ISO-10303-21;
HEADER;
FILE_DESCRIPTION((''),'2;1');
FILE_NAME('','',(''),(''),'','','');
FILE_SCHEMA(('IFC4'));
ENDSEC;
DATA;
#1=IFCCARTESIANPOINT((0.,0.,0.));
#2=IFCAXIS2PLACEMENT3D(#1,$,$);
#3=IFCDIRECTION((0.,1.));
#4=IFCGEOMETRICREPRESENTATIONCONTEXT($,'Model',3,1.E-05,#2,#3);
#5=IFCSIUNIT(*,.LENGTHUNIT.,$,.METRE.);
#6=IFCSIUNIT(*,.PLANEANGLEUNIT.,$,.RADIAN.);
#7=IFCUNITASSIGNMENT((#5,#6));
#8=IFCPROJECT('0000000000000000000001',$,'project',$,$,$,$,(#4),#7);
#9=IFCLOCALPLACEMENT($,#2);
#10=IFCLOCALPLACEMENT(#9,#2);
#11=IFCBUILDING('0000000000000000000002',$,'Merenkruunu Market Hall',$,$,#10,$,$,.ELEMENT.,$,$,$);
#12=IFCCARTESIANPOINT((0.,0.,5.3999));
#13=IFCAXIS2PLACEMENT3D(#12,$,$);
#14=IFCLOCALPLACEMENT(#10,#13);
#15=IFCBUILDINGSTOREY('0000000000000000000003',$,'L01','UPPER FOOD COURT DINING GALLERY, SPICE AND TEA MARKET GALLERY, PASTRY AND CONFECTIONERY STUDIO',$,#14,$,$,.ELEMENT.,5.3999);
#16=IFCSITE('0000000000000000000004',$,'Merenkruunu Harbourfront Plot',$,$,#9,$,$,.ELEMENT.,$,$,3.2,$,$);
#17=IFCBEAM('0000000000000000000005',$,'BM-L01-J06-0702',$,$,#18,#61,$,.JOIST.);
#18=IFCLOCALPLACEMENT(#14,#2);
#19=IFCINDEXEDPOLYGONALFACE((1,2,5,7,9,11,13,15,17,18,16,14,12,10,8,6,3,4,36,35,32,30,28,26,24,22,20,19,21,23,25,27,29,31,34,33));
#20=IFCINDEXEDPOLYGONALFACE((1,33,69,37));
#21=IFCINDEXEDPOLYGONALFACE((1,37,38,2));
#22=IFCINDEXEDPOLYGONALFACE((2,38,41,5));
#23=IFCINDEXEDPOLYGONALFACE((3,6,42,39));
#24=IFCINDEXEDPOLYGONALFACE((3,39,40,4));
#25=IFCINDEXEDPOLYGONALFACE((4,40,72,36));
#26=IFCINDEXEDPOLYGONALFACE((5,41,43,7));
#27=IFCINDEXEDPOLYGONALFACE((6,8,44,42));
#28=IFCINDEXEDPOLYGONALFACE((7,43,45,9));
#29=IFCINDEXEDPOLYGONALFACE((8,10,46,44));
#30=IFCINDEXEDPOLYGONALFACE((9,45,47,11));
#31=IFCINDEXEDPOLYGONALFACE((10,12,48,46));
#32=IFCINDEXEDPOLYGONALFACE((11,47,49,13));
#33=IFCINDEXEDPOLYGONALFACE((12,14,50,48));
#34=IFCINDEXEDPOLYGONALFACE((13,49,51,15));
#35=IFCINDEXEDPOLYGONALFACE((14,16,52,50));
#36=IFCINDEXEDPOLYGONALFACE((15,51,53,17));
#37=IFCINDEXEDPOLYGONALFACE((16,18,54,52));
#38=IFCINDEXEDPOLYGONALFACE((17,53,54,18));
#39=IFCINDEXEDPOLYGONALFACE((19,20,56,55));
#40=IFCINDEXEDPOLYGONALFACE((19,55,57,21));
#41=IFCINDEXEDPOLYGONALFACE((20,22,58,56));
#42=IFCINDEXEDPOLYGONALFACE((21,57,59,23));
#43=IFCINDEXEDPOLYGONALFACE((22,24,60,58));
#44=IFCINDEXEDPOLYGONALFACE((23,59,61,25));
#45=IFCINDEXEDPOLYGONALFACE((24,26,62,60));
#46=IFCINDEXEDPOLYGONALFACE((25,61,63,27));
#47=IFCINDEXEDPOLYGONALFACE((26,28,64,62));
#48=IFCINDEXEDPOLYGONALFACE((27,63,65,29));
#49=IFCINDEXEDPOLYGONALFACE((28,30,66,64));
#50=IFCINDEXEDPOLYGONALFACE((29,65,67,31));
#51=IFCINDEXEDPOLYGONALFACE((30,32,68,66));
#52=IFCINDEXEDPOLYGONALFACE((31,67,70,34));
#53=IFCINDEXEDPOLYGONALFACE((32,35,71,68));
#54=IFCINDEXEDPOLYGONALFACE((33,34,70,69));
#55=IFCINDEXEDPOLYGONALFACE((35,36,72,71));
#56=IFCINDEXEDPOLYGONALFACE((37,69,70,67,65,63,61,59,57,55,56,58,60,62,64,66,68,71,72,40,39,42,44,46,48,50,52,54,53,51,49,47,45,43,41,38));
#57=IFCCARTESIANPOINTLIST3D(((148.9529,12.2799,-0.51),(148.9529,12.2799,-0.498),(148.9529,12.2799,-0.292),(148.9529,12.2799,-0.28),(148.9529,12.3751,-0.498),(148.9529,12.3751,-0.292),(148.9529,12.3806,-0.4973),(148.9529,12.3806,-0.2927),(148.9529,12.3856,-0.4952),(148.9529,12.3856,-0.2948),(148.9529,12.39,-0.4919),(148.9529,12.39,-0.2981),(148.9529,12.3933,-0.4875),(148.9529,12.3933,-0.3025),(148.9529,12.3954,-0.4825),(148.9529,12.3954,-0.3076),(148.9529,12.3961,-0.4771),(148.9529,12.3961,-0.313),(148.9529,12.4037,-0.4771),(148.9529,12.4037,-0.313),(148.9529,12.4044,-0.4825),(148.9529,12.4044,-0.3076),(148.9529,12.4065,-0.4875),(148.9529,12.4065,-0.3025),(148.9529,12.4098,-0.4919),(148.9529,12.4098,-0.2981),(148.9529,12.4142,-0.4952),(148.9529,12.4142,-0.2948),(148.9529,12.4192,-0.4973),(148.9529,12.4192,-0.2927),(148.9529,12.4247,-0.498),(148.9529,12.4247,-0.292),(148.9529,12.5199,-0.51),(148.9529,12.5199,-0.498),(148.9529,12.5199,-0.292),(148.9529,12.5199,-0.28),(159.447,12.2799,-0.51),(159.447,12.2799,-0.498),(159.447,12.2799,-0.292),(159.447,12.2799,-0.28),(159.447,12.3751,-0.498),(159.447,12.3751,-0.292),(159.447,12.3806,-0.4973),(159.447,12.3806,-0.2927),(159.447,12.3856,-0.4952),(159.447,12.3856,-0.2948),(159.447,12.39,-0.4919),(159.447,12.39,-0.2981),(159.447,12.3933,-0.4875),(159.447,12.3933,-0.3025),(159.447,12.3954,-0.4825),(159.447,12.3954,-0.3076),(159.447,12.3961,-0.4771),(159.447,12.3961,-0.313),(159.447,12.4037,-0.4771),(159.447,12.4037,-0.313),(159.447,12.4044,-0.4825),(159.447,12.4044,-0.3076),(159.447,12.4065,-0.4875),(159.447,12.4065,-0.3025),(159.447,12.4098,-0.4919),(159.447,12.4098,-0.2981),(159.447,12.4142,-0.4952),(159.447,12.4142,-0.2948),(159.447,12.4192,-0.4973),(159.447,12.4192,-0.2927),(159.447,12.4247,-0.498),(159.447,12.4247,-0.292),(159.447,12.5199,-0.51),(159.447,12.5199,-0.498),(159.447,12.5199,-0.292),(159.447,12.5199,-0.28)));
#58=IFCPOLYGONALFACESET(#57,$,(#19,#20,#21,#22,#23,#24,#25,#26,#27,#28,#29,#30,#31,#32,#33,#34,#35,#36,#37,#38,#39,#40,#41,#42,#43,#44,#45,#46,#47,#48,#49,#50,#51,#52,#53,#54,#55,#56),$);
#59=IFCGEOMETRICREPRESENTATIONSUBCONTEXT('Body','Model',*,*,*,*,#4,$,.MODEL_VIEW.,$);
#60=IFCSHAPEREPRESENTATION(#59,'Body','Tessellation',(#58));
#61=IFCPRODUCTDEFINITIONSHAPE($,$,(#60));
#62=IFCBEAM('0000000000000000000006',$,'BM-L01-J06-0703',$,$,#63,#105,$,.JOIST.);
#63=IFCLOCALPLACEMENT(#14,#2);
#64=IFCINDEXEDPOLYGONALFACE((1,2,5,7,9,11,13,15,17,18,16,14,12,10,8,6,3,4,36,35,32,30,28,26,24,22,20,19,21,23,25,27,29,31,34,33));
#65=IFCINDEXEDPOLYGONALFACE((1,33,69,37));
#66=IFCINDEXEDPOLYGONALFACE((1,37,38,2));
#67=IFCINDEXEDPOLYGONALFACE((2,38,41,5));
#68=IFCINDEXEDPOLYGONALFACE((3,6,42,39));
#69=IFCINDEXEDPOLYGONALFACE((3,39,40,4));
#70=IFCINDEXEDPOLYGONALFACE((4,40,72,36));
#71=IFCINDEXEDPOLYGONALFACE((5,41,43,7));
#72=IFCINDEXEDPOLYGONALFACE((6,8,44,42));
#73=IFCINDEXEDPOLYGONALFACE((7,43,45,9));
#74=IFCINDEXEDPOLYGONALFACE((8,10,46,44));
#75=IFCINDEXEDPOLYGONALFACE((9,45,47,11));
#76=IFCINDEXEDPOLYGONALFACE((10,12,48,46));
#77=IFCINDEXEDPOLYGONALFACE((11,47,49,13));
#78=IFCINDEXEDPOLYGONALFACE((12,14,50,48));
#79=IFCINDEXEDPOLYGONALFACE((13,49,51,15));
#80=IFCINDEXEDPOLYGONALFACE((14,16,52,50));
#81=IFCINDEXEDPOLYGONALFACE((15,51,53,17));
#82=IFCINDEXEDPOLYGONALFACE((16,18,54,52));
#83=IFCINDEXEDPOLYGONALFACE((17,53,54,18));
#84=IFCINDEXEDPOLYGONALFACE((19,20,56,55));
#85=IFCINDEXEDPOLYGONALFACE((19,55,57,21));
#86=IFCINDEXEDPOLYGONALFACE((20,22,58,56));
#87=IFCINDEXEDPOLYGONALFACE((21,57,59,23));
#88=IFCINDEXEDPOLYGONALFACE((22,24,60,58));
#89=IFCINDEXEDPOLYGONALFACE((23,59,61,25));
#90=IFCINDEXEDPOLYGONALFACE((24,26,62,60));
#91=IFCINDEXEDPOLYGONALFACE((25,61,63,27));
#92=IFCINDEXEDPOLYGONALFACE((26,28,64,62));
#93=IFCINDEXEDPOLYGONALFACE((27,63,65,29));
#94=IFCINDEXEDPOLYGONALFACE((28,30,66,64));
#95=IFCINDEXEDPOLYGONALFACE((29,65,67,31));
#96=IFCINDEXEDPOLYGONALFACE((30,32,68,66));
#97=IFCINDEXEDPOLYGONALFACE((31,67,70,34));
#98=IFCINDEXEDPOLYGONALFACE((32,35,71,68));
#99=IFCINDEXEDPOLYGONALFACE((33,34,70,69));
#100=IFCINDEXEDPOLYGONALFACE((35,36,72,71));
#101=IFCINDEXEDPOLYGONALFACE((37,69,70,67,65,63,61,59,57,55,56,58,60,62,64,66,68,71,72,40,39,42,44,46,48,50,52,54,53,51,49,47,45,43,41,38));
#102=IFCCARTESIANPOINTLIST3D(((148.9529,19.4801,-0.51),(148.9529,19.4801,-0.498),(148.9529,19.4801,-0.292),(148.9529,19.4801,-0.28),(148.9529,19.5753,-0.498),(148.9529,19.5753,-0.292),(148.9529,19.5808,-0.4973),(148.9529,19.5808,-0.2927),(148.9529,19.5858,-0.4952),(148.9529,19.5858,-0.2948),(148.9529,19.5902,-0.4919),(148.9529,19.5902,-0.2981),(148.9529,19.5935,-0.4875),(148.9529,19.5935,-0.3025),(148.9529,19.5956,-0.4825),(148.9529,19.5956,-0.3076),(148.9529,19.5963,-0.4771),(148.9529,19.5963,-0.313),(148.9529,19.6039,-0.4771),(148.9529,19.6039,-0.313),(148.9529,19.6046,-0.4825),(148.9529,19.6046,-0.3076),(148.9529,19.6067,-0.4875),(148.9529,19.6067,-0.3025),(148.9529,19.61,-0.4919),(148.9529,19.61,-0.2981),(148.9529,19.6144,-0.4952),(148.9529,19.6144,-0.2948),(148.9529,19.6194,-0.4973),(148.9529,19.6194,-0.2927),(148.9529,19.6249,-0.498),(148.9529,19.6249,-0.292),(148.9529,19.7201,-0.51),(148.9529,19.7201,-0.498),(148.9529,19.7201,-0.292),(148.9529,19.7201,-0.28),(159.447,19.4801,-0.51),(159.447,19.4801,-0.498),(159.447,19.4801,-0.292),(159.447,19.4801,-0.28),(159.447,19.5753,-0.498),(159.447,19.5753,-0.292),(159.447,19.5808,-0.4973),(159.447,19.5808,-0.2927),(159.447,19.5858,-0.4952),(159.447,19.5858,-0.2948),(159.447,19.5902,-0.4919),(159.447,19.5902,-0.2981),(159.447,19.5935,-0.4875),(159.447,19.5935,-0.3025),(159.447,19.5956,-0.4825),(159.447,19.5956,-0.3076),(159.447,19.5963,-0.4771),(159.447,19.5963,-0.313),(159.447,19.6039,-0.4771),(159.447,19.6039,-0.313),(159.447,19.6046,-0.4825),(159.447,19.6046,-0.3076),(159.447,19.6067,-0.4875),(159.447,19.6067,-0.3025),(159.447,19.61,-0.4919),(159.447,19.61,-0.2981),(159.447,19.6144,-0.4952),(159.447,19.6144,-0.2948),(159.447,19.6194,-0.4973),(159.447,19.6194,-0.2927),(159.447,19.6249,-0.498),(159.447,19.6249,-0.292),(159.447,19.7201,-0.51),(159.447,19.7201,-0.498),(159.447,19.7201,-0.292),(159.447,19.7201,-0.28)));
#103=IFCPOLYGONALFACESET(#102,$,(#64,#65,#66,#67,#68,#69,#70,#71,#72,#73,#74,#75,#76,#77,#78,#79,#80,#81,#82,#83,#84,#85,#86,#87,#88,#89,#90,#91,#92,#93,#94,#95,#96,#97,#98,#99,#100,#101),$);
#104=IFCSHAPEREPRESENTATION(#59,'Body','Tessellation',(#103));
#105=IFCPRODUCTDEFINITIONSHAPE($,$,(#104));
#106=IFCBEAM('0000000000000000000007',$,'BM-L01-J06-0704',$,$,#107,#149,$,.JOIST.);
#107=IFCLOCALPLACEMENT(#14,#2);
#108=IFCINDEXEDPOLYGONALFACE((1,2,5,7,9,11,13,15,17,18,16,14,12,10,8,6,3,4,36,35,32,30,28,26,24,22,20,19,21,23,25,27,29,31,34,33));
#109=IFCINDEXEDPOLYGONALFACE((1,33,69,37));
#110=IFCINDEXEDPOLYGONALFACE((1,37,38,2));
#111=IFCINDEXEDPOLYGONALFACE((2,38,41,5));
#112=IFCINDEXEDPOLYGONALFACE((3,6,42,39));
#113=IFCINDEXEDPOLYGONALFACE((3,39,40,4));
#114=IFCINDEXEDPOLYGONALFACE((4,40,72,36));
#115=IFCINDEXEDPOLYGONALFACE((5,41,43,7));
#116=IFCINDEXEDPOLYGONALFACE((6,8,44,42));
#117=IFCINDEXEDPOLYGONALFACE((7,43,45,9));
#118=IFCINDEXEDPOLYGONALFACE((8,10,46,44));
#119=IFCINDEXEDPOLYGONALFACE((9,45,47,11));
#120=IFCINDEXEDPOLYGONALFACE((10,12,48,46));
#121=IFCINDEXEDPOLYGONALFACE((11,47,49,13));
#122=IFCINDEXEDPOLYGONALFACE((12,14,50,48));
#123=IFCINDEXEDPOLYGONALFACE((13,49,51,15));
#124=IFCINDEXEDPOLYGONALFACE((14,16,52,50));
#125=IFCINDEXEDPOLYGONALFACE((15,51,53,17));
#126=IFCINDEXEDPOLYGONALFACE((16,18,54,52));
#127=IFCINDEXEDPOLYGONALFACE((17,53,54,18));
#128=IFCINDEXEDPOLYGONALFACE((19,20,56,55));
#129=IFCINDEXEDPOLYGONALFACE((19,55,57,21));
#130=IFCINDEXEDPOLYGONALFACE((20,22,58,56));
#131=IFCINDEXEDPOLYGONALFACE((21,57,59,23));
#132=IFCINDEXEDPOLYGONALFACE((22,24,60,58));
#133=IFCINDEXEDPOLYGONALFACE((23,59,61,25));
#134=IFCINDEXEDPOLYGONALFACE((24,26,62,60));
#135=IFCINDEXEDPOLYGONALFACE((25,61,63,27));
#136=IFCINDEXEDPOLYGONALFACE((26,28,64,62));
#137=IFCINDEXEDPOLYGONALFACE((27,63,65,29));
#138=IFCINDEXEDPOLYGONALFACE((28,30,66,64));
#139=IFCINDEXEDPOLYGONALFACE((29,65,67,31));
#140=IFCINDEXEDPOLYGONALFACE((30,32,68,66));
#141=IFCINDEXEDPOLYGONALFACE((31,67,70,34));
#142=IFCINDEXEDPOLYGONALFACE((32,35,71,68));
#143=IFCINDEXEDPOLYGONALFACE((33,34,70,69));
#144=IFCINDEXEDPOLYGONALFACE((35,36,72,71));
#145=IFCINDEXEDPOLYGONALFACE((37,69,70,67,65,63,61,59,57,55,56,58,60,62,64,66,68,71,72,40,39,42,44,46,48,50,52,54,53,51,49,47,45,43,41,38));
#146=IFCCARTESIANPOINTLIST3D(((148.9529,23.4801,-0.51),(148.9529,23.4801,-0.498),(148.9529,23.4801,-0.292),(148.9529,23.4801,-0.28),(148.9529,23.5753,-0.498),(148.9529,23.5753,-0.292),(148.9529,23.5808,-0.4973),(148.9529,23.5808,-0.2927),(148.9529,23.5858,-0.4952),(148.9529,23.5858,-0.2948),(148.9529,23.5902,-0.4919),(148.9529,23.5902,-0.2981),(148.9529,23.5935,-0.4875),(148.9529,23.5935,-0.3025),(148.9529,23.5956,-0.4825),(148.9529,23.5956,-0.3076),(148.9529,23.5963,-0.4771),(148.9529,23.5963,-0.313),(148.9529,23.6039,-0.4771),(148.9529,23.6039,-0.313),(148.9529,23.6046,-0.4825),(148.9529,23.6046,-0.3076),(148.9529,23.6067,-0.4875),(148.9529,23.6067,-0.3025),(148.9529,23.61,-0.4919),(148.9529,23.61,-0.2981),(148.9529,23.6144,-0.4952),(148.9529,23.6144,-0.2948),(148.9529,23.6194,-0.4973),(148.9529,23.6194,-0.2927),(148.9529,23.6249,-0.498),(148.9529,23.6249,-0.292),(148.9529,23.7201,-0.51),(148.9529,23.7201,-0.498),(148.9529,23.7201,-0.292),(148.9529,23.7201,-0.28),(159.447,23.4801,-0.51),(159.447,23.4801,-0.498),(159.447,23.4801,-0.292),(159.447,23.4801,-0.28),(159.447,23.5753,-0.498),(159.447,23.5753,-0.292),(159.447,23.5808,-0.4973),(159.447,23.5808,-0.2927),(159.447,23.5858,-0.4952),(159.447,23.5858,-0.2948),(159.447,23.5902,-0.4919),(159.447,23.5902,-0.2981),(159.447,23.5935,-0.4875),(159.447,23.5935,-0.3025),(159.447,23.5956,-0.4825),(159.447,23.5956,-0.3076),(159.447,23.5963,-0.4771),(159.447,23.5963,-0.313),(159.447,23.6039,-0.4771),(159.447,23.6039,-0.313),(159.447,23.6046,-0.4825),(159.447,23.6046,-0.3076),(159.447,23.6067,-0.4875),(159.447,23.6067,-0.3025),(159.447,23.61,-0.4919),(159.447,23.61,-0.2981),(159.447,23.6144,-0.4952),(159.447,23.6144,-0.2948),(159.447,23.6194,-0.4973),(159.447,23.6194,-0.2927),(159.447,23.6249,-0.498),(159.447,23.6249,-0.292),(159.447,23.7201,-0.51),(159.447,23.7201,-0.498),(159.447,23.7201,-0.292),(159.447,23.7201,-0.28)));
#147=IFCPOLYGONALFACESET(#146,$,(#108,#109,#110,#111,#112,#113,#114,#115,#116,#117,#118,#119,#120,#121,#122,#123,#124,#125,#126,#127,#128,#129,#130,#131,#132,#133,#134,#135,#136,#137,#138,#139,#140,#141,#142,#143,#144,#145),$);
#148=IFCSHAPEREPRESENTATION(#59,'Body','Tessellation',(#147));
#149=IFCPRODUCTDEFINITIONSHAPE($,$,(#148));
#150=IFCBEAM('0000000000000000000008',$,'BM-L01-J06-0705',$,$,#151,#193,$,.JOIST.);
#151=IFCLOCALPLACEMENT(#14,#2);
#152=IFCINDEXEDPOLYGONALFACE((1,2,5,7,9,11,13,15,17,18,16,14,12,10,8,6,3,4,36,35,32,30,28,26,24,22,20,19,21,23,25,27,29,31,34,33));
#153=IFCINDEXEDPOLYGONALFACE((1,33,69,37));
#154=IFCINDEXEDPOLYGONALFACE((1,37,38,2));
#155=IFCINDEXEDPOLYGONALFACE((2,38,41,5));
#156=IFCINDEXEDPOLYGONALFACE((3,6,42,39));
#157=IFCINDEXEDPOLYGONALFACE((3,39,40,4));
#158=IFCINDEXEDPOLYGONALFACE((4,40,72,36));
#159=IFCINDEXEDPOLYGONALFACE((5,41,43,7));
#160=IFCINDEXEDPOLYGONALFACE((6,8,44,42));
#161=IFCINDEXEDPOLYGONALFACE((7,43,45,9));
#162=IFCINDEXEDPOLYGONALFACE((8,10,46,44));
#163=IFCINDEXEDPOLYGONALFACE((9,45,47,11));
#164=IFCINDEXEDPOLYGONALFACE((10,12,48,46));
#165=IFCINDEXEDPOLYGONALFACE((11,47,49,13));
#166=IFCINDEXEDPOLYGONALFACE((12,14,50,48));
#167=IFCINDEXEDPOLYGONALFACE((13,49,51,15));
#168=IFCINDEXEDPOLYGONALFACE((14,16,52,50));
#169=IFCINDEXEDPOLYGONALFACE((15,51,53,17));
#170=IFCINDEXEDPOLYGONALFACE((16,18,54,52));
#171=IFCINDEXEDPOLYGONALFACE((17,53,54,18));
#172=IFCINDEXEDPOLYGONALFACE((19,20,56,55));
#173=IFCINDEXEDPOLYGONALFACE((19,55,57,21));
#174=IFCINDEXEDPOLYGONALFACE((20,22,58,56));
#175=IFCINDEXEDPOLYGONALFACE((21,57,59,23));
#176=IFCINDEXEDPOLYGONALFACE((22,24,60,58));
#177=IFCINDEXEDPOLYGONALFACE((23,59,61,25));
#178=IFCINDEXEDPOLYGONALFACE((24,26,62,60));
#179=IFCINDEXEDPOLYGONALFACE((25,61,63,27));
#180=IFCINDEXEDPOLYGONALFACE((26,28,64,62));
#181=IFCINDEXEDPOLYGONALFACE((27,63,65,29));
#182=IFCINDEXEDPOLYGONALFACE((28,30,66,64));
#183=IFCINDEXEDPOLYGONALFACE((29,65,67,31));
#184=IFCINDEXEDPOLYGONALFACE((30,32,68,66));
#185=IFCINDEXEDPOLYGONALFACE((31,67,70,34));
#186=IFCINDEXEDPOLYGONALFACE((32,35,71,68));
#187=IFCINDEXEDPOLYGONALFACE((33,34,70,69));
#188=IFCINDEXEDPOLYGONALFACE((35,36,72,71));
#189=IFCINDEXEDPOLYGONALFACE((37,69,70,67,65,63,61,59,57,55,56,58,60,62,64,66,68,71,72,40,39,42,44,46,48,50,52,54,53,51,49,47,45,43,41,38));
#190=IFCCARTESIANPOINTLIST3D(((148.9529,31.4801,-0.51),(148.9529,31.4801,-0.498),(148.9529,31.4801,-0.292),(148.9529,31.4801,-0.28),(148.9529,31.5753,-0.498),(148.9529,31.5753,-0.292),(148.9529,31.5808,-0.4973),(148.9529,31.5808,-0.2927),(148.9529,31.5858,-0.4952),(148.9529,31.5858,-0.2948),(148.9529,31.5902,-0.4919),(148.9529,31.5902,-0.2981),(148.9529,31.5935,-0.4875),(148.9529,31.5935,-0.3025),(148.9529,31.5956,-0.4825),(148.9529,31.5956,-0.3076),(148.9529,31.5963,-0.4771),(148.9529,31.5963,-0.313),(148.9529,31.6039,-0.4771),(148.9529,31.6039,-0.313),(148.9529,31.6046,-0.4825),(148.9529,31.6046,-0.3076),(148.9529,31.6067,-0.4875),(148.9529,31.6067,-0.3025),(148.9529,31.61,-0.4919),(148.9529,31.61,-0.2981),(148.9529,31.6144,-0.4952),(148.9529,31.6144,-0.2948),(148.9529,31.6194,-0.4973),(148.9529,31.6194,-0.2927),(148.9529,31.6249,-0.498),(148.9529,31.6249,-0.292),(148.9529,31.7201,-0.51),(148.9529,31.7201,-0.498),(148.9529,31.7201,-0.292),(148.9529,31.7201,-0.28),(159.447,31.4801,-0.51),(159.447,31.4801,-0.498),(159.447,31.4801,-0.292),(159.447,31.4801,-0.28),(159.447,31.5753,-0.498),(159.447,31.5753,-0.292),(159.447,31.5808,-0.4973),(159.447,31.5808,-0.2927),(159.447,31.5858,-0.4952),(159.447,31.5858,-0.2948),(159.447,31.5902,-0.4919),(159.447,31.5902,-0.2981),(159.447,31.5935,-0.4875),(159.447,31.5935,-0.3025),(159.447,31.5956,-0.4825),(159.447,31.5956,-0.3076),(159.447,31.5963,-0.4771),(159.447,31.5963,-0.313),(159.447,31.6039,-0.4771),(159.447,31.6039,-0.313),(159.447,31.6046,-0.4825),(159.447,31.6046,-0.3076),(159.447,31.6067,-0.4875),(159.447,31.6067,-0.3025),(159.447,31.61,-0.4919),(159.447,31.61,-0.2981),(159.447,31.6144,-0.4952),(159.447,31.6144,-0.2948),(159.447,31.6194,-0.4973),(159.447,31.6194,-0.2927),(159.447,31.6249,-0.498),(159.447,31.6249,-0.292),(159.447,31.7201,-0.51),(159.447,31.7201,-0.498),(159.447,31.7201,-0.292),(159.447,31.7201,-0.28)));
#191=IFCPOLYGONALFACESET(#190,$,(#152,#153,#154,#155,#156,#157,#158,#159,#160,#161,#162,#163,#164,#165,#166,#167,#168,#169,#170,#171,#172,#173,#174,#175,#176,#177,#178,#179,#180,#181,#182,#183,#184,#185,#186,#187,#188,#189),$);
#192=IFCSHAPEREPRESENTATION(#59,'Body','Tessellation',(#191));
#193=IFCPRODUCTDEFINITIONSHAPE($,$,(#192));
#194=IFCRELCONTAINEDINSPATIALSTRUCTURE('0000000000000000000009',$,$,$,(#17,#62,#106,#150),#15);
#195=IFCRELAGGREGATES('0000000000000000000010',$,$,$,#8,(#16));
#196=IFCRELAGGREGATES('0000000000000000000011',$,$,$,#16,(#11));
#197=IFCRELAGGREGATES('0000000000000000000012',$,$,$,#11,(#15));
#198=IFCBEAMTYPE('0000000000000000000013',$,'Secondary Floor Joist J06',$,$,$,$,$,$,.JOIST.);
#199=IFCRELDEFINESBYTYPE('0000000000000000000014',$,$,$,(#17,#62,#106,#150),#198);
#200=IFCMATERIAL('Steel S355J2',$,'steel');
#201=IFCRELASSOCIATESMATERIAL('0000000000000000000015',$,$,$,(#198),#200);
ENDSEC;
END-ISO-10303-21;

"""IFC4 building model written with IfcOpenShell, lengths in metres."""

from ifc_helpers import new_model, si_unit, direction, frame, origin, origin_2d, place, context, subcontext, project, spatial, i_section, extrude, material, material_profile, profile_set, type_object, element, save


model = new_model("IFC4")

# Units and contexts
model_context = context("Model", 3, precision=1e-05, world=origin(), true_north=direction((0.0, 1.0)))
body_context = subcontext(model_context, "Body", "Model", "MODEL_VIEW")
ifc_project = project(units=[si_unit("LENGTHUNIT", "METRE"), si_unit("PLANEANGLEUNIT", "RADIAN")], contexts=[model_context])

# Site, building, storey
site_placement = place(None, origin())
site = spatial("IfcSite", under=ifc_project, at=site_placement, Name="Merenkruunu Harbourfront Plot", CompositionType="ELEMENT", RefElevation=3.2)
building_placement = place(site_placement, origin())
building = spatial("IfcBuilding", under=site, at=building_placement, Name="Merenkruunu Market Hall", CompositionType="ELEMENT")
storey_placement = place(building_placement, frame((0.0, 0.0, 5.3999)))
storey = spatial("IfcBuildingStorey", under=building, at=storey_placement, Name="L01", Description="UPPER FOOD COURT DINING GALLERY, SPICE AND TEA MARKET GALLERY, PASTRY AND CONFECTIONERY STUDIO", CompositionType="ELEMENT", Elevation=5.3999)

# Shared definitions
ifc_material_1 = material(Name="Steel S355J2", Category="steel")

# Beams
ifc_material_profile_1 = material_profile(ifc_material_1, i_section(OverallWidth=0.24, OverallDepth=0.23, WebThickness=0.0076, FlangeThickness=0.012, FilletRadius=0.021, at=origin_2d()), Name="HEA 240")
ifc_profile_set_1 = profile_set([ifc_material_profile_1], Name="Steel S355J2")
beam_type_1 = type_object("IfcBeamType", Name="Secondary Floor Joist J06", PredefinedType="JOIST", material=ifc_profile_set_1)
for number, where, z_axis, x_axis, name in (
    (1, (148.9529, 12.3999, -0.395), (1.0, 0.0, 0.0), (0.0, 1.0, 0.0), "BM-L01-J06-0702"),
    (2, (148.9529, 19.6001, -0.395), (1.0, 0.0, 0.0), (0.0, 1.0, 0.0), "BM-L01-J06-0703"),
    (3, (148.9529, 23.6001, -0.395), (1.0, 0.0, 0.0), (0.0, 1.0, 0.0), "BM-L01-J06-0704"),
    (4, (148.9529, 31.6001, -0.395), (1.0, 0.0, 0.0), (0.0, 1.0, 0.0), "BM-L01-J06-0705"),
):
    element("IfcBeam", number, at=place(storey_placement, frame(where, z_axis=z_axis, x_axis=x_axis)), inside=storey, type_object=beam_type_1, Name=name, PredefinedType="JOIST", context=body_context, shape_type="SweptSolid", body=[
        extrude(i_section(OverallWidth=0.24, OverallDepth=0.23, WebThickness=0.0076, FlangeThickness=0.012, FilletRadius=0.021, at=origin_2d()), origin(), (0.0, 0.0, 1.0), 10.4941),
    ])

save(model, "model.ifc")
